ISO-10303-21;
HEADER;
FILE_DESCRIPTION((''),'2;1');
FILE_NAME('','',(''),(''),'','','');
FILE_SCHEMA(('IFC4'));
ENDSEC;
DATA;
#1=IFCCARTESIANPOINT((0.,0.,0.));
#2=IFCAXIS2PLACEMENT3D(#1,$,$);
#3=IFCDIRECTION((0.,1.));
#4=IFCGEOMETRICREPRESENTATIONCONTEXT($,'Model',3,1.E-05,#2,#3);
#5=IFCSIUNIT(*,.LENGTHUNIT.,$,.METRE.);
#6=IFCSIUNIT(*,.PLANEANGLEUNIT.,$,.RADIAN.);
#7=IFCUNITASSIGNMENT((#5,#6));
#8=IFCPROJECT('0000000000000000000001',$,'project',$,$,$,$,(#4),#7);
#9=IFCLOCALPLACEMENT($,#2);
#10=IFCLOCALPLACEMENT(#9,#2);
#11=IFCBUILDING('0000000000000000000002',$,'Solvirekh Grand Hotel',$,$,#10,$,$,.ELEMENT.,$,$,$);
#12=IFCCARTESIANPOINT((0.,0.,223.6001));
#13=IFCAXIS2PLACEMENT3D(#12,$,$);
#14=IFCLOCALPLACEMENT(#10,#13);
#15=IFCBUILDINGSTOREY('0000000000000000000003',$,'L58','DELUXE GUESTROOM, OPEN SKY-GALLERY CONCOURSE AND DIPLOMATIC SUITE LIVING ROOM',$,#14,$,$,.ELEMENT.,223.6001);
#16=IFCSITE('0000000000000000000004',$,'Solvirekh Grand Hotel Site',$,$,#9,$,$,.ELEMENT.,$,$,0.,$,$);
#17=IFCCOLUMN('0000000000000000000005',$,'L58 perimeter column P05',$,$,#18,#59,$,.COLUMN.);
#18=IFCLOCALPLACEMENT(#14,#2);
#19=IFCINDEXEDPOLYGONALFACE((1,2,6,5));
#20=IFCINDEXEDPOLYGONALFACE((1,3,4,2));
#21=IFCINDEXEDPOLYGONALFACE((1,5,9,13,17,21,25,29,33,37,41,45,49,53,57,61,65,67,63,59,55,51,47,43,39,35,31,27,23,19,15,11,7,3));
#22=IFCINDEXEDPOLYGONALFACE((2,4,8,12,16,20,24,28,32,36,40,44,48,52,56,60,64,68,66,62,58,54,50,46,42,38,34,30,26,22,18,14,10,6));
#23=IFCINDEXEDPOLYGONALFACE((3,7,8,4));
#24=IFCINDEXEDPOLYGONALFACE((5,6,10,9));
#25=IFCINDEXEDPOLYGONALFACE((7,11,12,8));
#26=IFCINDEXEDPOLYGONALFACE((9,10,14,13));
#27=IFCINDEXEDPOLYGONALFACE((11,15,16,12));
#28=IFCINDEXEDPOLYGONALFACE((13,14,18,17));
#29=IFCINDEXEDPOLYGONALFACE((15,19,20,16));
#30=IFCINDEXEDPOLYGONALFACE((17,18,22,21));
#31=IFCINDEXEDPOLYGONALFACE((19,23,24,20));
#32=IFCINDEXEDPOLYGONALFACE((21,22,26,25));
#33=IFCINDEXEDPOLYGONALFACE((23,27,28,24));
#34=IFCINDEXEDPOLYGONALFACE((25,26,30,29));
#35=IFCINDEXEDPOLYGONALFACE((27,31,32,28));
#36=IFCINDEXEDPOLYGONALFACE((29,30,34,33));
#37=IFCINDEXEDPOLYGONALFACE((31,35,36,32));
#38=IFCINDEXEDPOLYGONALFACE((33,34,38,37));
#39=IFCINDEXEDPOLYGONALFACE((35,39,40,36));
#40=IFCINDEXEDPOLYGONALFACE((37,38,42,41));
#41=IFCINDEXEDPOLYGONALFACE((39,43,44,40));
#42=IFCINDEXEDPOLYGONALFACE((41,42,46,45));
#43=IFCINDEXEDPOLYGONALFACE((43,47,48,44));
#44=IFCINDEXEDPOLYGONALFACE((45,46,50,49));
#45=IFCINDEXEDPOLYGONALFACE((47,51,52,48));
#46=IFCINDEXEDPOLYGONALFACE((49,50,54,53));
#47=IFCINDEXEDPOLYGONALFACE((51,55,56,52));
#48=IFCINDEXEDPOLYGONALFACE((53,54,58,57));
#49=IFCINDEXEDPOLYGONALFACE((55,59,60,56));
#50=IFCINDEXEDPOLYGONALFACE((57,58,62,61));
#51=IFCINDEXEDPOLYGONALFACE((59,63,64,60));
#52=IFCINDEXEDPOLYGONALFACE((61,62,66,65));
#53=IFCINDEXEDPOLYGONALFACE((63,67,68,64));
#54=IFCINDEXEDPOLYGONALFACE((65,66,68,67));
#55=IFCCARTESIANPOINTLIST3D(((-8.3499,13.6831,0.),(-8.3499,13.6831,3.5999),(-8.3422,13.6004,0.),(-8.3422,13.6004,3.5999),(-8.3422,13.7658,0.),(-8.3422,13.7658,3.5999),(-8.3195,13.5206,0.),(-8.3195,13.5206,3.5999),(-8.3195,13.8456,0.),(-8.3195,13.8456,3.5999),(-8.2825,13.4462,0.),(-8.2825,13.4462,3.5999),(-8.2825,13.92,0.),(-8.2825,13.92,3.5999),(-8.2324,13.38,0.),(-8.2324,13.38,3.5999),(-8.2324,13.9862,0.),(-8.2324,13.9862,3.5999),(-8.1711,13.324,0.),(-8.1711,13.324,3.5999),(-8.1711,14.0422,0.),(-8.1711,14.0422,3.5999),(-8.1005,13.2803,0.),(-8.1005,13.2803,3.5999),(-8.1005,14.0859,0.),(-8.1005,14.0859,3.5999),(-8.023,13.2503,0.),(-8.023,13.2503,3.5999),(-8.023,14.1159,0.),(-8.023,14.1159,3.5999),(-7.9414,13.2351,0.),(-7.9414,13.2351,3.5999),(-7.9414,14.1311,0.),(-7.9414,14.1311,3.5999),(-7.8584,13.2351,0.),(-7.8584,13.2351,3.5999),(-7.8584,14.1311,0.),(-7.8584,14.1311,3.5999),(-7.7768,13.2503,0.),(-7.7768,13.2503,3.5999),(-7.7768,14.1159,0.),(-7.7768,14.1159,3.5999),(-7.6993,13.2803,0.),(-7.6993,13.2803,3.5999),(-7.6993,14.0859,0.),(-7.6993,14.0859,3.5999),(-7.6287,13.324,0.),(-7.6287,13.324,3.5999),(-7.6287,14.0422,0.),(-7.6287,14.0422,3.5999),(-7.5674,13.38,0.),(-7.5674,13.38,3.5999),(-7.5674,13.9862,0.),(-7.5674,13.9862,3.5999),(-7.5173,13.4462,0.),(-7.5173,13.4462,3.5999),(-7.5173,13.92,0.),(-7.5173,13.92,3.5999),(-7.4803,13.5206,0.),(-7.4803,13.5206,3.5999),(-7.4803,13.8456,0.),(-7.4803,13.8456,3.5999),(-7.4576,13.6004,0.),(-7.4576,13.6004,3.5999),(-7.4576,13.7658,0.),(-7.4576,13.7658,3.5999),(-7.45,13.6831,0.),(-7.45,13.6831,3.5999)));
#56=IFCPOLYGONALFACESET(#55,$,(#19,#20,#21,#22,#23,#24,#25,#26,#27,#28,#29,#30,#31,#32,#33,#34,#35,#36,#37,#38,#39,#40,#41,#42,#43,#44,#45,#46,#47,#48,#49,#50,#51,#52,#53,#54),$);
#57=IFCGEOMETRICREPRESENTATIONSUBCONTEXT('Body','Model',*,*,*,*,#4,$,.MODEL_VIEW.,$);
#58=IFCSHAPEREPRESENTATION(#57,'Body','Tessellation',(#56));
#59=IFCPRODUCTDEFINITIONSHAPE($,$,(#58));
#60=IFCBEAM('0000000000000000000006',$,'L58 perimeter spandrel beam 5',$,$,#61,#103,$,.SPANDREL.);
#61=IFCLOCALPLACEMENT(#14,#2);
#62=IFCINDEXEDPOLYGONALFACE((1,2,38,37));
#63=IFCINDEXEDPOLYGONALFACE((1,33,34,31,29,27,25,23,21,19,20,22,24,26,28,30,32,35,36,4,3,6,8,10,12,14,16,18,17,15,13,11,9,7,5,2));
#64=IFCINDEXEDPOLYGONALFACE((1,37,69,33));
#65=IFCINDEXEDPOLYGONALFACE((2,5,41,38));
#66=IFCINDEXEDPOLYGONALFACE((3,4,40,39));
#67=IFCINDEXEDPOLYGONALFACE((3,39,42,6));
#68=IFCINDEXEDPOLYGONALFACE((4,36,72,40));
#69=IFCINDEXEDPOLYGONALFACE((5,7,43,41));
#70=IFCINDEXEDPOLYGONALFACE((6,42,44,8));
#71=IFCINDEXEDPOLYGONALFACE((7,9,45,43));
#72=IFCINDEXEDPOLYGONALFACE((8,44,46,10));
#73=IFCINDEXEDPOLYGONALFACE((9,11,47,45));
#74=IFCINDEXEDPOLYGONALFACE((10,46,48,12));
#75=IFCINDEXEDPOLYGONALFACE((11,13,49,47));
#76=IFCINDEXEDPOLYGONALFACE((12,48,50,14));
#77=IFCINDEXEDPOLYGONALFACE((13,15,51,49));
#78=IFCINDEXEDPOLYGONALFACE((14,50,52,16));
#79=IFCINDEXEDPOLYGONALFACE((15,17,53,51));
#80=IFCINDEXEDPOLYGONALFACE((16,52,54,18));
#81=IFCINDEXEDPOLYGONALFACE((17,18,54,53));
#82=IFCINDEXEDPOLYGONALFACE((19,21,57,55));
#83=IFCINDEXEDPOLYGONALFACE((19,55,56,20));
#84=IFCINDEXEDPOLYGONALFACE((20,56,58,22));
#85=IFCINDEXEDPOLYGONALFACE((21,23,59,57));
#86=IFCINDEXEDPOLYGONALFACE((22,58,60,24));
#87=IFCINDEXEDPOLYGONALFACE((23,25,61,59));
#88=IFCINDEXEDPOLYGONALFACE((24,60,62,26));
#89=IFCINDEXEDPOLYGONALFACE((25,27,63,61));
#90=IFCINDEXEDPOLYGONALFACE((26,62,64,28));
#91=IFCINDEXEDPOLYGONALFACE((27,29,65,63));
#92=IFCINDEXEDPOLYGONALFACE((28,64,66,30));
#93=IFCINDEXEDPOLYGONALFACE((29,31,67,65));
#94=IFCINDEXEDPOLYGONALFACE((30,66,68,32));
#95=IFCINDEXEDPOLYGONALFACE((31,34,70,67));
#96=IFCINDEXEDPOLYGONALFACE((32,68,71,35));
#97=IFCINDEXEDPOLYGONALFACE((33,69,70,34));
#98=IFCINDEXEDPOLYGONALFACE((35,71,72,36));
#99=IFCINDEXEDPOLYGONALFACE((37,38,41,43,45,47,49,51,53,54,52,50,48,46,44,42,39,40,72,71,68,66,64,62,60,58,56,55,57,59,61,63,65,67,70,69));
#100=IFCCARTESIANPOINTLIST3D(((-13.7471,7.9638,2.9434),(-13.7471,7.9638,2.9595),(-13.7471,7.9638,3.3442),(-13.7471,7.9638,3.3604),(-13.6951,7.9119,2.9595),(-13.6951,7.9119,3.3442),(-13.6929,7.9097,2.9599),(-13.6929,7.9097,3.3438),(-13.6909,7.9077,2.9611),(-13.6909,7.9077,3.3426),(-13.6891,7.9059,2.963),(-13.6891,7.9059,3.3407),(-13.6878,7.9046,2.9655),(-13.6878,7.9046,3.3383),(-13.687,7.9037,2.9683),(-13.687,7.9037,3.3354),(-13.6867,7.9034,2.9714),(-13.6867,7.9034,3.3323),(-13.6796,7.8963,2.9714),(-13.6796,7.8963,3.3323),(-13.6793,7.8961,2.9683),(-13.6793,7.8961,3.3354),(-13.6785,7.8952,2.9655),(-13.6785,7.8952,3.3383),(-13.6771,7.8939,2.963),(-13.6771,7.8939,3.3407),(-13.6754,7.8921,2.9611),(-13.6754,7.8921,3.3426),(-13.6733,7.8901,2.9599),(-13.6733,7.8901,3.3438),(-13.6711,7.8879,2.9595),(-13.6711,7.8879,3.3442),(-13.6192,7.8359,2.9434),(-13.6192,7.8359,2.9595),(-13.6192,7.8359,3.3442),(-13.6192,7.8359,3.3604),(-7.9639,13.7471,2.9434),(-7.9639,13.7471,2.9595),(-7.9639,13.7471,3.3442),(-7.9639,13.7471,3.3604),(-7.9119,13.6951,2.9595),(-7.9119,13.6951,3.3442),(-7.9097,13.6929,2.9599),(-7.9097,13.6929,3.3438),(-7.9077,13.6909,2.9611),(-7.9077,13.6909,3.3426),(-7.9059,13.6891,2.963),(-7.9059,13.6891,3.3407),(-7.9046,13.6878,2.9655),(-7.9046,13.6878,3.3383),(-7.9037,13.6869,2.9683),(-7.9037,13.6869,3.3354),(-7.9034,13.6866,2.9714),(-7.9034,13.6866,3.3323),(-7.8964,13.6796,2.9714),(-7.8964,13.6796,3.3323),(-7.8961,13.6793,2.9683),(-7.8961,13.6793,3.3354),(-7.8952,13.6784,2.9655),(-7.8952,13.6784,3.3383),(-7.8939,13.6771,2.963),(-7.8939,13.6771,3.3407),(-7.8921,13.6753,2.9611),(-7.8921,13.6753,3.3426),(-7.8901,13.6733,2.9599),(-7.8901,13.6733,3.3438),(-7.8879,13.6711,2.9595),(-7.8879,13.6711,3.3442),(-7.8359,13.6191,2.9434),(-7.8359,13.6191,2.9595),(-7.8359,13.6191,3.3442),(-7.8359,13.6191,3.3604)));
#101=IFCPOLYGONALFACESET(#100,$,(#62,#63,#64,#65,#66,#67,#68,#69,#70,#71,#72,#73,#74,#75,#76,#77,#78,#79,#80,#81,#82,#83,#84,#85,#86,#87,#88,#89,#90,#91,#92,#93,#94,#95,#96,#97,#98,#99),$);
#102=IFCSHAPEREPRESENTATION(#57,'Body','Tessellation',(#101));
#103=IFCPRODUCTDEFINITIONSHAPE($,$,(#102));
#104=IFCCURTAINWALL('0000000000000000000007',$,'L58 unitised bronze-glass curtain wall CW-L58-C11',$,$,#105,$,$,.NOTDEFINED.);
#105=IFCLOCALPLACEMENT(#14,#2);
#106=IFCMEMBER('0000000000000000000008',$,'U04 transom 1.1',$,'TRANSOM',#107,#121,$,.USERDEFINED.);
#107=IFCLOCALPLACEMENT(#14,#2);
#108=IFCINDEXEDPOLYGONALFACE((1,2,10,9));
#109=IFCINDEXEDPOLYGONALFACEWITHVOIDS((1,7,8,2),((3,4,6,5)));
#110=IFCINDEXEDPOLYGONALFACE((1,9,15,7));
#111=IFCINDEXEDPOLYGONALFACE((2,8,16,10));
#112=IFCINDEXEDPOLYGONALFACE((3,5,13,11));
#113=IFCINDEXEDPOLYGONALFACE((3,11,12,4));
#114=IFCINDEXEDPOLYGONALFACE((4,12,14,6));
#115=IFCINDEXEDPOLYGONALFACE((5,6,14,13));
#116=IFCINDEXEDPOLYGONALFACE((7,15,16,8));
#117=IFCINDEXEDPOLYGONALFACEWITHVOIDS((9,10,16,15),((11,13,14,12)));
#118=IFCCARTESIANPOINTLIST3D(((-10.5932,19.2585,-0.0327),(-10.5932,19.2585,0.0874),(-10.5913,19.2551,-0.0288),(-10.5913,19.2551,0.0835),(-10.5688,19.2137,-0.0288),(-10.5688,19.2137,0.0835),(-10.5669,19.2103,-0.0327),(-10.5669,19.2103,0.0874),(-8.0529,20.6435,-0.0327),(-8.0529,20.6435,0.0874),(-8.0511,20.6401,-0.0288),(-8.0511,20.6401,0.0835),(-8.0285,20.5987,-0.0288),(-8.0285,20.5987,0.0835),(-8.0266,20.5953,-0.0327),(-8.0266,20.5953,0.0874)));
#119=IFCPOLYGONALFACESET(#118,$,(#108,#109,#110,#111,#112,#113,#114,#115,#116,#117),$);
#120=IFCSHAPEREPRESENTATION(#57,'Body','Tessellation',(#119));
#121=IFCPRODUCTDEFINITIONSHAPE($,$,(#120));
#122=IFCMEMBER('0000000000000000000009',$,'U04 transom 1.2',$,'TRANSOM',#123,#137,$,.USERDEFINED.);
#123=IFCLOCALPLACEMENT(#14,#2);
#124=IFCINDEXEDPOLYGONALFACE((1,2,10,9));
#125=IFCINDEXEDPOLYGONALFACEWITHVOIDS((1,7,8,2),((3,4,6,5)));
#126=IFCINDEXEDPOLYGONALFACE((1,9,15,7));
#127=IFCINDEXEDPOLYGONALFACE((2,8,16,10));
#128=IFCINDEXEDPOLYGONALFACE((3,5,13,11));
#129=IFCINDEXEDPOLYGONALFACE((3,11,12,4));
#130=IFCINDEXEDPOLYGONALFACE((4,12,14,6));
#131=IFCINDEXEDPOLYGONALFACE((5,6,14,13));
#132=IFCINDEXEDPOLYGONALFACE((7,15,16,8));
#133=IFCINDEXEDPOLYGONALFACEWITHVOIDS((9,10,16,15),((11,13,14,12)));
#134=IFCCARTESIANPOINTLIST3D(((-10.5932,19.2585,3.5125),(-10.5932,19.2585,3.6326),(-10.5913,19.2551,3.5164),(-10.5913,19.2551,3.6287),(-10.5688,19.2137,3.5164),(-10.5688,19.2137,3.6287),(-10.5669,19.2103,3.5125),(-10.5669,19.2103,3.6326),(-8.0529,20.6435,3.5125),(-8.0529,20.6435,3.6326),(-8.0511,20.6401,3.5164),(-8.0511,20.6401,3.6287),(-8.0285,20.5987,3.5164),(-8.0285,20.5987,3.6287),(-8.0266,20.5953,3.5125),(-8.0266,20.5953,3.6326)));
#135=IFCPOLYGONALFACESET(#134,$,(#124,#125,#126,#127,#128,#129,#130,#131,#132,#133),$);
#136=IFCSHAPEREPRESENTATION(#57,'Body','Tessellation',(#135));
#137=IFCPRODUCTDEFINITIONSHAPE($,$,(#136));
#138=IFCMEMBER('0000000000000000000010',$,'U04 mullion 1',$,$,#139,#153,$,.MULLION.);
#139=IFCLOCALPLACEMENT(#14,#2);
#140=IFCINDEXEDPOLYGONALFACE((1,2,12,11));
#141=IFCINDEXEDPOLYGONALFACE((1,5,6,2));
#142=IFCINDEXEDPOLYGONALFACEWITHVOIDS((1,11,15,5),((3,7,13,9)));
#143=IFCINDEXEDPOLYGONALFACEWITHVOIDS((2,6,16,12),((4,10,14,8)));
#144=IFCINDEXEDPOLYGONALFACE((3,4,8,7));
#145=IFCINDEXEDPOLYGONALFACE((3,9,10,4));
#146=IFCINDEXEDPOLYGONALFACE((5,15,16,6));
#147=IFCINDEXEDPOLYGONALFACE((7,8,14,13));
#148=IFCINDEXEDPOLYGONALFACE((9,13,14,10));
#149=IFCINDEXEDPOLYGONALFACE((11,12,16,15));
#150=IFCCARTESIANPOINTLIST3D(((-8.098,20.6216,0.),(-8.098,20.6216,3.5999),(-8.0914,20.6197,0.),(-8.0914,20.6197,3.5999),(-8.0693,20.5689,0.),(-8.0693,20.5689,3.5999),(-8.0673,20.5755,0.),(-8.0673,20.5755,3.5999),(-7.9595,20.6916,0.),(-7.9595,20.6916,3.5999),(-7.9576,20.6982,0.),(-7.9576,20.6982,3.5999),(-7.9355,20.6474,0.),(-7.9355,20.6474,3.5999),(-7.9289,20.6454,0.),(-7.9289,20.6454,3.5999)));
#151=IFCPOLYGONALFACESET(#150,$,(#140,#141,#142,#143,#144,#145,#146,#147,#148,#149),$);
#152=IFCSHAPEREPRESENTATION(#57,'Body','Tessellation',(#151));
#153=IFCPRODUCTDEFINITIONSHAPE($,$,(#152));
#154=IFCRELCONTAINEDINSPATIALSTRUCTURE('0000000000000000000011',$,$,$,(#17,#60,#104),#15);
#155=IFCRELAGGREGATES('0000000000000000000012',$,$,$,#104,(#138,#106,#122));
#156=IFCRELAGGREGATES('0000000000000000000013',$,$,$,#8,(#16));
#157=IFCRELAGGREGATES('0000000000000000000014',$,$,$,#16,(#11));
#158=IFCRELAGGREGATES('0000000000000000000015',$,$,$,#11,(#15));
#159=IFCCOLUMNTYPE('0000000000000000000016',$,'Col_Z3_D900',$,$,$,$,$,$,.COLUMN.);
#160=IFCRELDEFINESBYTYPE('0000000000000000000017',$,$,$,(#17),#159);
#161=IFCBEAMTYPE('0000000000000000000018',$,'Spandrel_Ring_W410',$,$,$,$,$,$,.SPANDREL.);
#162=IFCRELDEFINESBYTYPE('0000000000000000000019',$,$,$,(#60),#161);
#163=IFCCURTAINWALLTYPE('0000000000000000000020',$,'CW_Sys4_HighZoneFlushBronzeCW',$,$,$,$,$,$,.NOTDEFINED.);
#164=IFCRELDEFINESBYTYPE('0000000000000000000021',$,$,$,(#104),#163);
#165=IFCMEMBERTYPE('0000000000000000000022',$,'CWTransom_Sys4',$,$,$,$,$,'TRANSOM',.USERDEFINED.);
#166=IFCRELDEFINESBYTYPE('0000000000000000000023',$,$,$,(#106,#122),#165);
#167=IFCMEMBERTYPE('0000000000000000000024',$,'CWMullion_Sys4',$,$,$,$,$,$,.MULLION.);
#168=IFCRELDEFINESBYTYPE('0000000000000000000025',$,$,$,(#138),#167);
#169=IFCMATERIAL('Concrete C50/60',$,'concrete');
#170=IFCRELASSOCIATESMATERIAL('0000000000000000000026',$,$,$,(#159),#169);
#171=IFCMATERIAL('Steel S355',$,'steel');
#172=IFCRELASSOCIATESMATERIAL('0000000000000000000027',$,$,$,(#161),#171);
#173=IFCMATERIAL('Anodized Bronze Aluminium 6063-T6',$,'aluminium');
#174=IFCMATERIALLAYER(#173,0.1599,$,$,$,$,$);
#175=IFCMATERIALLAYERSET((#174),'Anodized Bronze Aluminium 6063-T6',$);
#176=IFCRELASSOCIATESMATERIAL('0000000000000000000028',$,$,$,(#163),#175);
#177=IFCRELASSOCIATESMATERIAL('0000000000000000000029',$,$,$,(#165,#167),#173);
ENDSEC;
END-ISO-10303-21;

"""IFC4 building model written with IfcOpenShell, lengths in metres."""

from ifc_helpers import new_model, si_unit, direction, frame, origin, origin_2d, place, context, subcontext, project, spatial, hollow_rectangle, circle, i_section, extrude, source, transform, mapped, material, layer, layer_set, material_profile, profile_set, type_object, element, aggregate, save


model = new_model("IFC4")

# Units and contexts
model_context = context("Model", 3, precision=1e-05, world=origin(), true_north=direction((0.0, 1.0)))
body_context = subcontext(model_context, "Body", "Model", "MODEL_VIEW")
ifc_project = project(units=[si_unit("LENGTHUNIT", "METRE"), si_unit("PLANEANGLEUNIT", "RADIAN")], contexts=[model_context])

# Site, building, storey
site_placement = place(None, origin())
site = spatial("IfcSite", under=ifc_project, at=site_placement, Name="Solvirekh Grand Hotel Site", CompositionType="ELEMENT", RefElevation=0.0)
building_placement = place(site_placement, origin())
building = spatial("IfcBuilding", under=site, at=building_placement, Name="Solvirekh Grand Hotel", CompositionType="ELEMENT")
storey_placement = place(building_placement, frame((0.0, 0.0, 223.6001)))
storey = spatial("IfcBuildingStorey", under=building, at=storey_placement, Name="L58", Description="DELUXE GUESTROOM, OPEN SKY-GALLERY CONCOURSE AND DIPLOMATIC SUITE LIVING ROOM", CompositionType="ELEMENT", Elevation=223.6001)

# Column
ifc_material_1 = material(Name="Concrete C50/60", Category="concrete")
ifc_material_profile_1 = material_profile(ifc_material_1, circle(Radius=0.45, at=origin_2d()), Name="RC CIRC D900")
ifc_profile_set_1 = profile_set([ifc_material_profile_1], Name="Concrete C50/60")
column_type = type_object("IfcColumnType", Name="Col_Z3_D900", PredefinedType="COLUMN", material=ifc_profile_set_1)
column_placement = place(storey_placement, frame((-7.8999, 13.6831, 0.0), z_axis=(0.0, 0.0, 1.0), x_axis=(1.0, 0.0, 0.0)))
element("IfcColumn", 1, at=column_placement, inside=storey, type_object=column_type, Name="L58 perimeter column P05", PredefinedType="COLUMN", context=body_context, shape_type="SweptSolid", body=[
    extrude(circle(Radius=0.45, at=origin_2d()), origin(), (0.0, 0.0, 1.0), 3.5999),
])

# Beam
ifc_material_2 = material(Name="Steel S355", Category="steel")
ifc_material_profile_2 = material_profile(ifc_material_2, i_section(OverallWidth=0.1809, OverallDepth=0.417, WebThickness=0.01, FlangeThickness=0.0161, FilletRadius=0.012, at=origin_2d()), Name="W410X85")
ifc_profile_set_2 = profile_set([ifc_material_profile_2], Name="Steel S355")
beam_type = type_object("IfcBeamType", Name="Spandrel_Ring_W410", PredefinedType="SPANDREL", material=ifc_profile_set_2)
beam_placement = place(storey_placement, frame((-7.8999, 13.6831, 3.1519), z_axis=(-0.707107, -0.707107, 0.0), x_axis=(0.707107, -0.707107, 0.0)))
element("IfcBeam", 2, at=beam_placement, inside=storey, type_object=beam_type, Name="L58 perimeter spandrel beam 5", PredefinedType="SPANDREL", context=body_context, shape_type="SweptSolid", body=[
    extrude(i_section(OverallWidth=0.1809, OverallDepth=0.417, WebThickness=0.01, FlangeThickness=0.0161, FilletRadius=0.012, at=origin_2d()), origin(), (0.0, 0.0, 1.0), 8.1787),
])

# Curtain wall, members
ifc_material_3 = material(Name="Anodized Bronze Aluminium 6063-T6", Category="aluminium")
ifc_layer_1 = layer(ifc_material_3, 0.1599)
ifc_layer_set_1 = layer_set([ifc_layer_1], Name="Anodized Bronze Aluminium 6063-T6")
curtain_wall_type = type_object("IfcCurtainWallType", Name="CW_Sys4_HighZoneFlushBronzeCW", PredefinedType="NOTDEFINED", material=ifc_layer_set_1)
curtain_wall_placement = place(storey_placement, origin())
curtain_wall = element("IfcCurtainWall", 3, at=curtain_wall_placement, inside=storey, type_object=curtain_wall_type, Name="L58 unitised bronze-glass curtain wall CW-L58-C11", PredefinedType="NOTDEFINED")
ifc_material_profile_3 = material_profile(ifc_material_3, hollow_rectangle(XDim=0.0549, YDim=0.1201, WallThickness=0.0039, at=origin_2d()), Name="ALU RHS 120X55X4")
ifc_profile_set_3 = profile_set([ifc_material_profile_3], Name="Anodized Bronze Aluminium 6063-T6")
member_type_1 = type_object("IfcMemberType", Name="CWTransom_Sys4", ElementType="TRANSOM", PredefinedType="USERDEFINED", material=ifc_profile_set_3)
shared_shape_1 = source(origin(), body_context, "Body", "SweptSolid", [
    extrude(hollow_rectangle(XDim=0.0549, YDim=0.1201, WallThickness=0.0039, at=origin_2d()), origin(), (0.0, 0.0, 1.0), 2.8933),
])
member_1_placement = place(storey_placement, frame((-8.0398, 20.6194, 0.0273), z_axis=(-0.877983, -0.478692, 0.0), x_axis=(0.478692, -0.877983, 0.0)))
member_1 = element("IfcMember", 4, at=member_1_placement, type_object=member_type_1, Name="U04 transom 1.1", ObjectType="TRANSOM", PredefinedType="USERDEFINED", context=body_context, shape_type="MappedRepresentation", body=[
    mapped(shared_shape_1, transform((0.0, 0.0, 0.0), x_axis=(1.0, 0.0, 0.0), y_axis=(0.0, 1.0, 0.0), z_axis=(0.0, 0.0, 1.0), scale=1.0)),
])
member_2_placement = place(storey_placement, frame((-8.0398, 20.6194, 3.5725), z_axis=(-0.877983, -0.478692, 0.0), x_axis=(0.478692, -0.877983, 0.0)))
member_2 = element("IfcMember", 5, at=member_2_placement, type_object=member_type_1, Name="U04 transom 1.2", ObjectType="TRANSOM", PredefinedType="USERDEFINED", context=body_context, shape_type="MappedRepresentation", body=[
    mapped(shared_shape_1, transform((0.0, 0.0, 0.0), x_axis=(1.0, 0.0, 0.0), y_axis=(0.0, 1.0, 0.0), z_axis=(0.0, 0.0, 1.0), scale=1.0)),
])
ifc_material_profile_4 = material_profile(ifc_material_3, hollow_rectangle(XDim=0.0601, YDim=0.1599, WallThickness=0.0049, at=origin_2d()), Name="ALU RHS 160X60X5")
ifc_profile_set_4 = profile_set([ifc_material_profile_4], Name="Anodized Bronze Aluminium 6063-T6")
member_type_2 = type_object("IfcMemberType", Name="CWMullion_Sys4", PredefinedType="MULLION", material=ifc_profile_set_4)
shared_shape_2 = source(origin(), body_context, "Body", "SweptSolid", [
    extrude(hollow_rectangle(XDim=0.0601, YDim=0.1599, WallThickness=0.0049, at=origin_2d()), origin(), (0.0, 0.0, 1.0), 3.5999),
])
member_3_placement = place(storey_placement, frame((-8.0134, 20.6335, 0.0), z_axis=(0.0, 0.0, 1.0), x_axis=(0.478641, -0.878011, 0.0)))
member_3 = element("IfcMember", 6, at=member_3_placement, type_object=member_type_2, Name="U04 mullion 1", PredefinedType="MULLION", context=body_context, shape_type="MappedRepresentation", body=[
    mapped(shared_shape_2, transform((0.0, 0.0, 0.0), x_axis=(1.0, 0.0, 0.0), y_axis=(0.0, 1.0, 0.0), z_axis=(0.0, 0.0, 1.0), scale=1.0)),
])
aggregate(curtain_wall, [member_3, member_1, member_2])

save(model, "model.ifc")
